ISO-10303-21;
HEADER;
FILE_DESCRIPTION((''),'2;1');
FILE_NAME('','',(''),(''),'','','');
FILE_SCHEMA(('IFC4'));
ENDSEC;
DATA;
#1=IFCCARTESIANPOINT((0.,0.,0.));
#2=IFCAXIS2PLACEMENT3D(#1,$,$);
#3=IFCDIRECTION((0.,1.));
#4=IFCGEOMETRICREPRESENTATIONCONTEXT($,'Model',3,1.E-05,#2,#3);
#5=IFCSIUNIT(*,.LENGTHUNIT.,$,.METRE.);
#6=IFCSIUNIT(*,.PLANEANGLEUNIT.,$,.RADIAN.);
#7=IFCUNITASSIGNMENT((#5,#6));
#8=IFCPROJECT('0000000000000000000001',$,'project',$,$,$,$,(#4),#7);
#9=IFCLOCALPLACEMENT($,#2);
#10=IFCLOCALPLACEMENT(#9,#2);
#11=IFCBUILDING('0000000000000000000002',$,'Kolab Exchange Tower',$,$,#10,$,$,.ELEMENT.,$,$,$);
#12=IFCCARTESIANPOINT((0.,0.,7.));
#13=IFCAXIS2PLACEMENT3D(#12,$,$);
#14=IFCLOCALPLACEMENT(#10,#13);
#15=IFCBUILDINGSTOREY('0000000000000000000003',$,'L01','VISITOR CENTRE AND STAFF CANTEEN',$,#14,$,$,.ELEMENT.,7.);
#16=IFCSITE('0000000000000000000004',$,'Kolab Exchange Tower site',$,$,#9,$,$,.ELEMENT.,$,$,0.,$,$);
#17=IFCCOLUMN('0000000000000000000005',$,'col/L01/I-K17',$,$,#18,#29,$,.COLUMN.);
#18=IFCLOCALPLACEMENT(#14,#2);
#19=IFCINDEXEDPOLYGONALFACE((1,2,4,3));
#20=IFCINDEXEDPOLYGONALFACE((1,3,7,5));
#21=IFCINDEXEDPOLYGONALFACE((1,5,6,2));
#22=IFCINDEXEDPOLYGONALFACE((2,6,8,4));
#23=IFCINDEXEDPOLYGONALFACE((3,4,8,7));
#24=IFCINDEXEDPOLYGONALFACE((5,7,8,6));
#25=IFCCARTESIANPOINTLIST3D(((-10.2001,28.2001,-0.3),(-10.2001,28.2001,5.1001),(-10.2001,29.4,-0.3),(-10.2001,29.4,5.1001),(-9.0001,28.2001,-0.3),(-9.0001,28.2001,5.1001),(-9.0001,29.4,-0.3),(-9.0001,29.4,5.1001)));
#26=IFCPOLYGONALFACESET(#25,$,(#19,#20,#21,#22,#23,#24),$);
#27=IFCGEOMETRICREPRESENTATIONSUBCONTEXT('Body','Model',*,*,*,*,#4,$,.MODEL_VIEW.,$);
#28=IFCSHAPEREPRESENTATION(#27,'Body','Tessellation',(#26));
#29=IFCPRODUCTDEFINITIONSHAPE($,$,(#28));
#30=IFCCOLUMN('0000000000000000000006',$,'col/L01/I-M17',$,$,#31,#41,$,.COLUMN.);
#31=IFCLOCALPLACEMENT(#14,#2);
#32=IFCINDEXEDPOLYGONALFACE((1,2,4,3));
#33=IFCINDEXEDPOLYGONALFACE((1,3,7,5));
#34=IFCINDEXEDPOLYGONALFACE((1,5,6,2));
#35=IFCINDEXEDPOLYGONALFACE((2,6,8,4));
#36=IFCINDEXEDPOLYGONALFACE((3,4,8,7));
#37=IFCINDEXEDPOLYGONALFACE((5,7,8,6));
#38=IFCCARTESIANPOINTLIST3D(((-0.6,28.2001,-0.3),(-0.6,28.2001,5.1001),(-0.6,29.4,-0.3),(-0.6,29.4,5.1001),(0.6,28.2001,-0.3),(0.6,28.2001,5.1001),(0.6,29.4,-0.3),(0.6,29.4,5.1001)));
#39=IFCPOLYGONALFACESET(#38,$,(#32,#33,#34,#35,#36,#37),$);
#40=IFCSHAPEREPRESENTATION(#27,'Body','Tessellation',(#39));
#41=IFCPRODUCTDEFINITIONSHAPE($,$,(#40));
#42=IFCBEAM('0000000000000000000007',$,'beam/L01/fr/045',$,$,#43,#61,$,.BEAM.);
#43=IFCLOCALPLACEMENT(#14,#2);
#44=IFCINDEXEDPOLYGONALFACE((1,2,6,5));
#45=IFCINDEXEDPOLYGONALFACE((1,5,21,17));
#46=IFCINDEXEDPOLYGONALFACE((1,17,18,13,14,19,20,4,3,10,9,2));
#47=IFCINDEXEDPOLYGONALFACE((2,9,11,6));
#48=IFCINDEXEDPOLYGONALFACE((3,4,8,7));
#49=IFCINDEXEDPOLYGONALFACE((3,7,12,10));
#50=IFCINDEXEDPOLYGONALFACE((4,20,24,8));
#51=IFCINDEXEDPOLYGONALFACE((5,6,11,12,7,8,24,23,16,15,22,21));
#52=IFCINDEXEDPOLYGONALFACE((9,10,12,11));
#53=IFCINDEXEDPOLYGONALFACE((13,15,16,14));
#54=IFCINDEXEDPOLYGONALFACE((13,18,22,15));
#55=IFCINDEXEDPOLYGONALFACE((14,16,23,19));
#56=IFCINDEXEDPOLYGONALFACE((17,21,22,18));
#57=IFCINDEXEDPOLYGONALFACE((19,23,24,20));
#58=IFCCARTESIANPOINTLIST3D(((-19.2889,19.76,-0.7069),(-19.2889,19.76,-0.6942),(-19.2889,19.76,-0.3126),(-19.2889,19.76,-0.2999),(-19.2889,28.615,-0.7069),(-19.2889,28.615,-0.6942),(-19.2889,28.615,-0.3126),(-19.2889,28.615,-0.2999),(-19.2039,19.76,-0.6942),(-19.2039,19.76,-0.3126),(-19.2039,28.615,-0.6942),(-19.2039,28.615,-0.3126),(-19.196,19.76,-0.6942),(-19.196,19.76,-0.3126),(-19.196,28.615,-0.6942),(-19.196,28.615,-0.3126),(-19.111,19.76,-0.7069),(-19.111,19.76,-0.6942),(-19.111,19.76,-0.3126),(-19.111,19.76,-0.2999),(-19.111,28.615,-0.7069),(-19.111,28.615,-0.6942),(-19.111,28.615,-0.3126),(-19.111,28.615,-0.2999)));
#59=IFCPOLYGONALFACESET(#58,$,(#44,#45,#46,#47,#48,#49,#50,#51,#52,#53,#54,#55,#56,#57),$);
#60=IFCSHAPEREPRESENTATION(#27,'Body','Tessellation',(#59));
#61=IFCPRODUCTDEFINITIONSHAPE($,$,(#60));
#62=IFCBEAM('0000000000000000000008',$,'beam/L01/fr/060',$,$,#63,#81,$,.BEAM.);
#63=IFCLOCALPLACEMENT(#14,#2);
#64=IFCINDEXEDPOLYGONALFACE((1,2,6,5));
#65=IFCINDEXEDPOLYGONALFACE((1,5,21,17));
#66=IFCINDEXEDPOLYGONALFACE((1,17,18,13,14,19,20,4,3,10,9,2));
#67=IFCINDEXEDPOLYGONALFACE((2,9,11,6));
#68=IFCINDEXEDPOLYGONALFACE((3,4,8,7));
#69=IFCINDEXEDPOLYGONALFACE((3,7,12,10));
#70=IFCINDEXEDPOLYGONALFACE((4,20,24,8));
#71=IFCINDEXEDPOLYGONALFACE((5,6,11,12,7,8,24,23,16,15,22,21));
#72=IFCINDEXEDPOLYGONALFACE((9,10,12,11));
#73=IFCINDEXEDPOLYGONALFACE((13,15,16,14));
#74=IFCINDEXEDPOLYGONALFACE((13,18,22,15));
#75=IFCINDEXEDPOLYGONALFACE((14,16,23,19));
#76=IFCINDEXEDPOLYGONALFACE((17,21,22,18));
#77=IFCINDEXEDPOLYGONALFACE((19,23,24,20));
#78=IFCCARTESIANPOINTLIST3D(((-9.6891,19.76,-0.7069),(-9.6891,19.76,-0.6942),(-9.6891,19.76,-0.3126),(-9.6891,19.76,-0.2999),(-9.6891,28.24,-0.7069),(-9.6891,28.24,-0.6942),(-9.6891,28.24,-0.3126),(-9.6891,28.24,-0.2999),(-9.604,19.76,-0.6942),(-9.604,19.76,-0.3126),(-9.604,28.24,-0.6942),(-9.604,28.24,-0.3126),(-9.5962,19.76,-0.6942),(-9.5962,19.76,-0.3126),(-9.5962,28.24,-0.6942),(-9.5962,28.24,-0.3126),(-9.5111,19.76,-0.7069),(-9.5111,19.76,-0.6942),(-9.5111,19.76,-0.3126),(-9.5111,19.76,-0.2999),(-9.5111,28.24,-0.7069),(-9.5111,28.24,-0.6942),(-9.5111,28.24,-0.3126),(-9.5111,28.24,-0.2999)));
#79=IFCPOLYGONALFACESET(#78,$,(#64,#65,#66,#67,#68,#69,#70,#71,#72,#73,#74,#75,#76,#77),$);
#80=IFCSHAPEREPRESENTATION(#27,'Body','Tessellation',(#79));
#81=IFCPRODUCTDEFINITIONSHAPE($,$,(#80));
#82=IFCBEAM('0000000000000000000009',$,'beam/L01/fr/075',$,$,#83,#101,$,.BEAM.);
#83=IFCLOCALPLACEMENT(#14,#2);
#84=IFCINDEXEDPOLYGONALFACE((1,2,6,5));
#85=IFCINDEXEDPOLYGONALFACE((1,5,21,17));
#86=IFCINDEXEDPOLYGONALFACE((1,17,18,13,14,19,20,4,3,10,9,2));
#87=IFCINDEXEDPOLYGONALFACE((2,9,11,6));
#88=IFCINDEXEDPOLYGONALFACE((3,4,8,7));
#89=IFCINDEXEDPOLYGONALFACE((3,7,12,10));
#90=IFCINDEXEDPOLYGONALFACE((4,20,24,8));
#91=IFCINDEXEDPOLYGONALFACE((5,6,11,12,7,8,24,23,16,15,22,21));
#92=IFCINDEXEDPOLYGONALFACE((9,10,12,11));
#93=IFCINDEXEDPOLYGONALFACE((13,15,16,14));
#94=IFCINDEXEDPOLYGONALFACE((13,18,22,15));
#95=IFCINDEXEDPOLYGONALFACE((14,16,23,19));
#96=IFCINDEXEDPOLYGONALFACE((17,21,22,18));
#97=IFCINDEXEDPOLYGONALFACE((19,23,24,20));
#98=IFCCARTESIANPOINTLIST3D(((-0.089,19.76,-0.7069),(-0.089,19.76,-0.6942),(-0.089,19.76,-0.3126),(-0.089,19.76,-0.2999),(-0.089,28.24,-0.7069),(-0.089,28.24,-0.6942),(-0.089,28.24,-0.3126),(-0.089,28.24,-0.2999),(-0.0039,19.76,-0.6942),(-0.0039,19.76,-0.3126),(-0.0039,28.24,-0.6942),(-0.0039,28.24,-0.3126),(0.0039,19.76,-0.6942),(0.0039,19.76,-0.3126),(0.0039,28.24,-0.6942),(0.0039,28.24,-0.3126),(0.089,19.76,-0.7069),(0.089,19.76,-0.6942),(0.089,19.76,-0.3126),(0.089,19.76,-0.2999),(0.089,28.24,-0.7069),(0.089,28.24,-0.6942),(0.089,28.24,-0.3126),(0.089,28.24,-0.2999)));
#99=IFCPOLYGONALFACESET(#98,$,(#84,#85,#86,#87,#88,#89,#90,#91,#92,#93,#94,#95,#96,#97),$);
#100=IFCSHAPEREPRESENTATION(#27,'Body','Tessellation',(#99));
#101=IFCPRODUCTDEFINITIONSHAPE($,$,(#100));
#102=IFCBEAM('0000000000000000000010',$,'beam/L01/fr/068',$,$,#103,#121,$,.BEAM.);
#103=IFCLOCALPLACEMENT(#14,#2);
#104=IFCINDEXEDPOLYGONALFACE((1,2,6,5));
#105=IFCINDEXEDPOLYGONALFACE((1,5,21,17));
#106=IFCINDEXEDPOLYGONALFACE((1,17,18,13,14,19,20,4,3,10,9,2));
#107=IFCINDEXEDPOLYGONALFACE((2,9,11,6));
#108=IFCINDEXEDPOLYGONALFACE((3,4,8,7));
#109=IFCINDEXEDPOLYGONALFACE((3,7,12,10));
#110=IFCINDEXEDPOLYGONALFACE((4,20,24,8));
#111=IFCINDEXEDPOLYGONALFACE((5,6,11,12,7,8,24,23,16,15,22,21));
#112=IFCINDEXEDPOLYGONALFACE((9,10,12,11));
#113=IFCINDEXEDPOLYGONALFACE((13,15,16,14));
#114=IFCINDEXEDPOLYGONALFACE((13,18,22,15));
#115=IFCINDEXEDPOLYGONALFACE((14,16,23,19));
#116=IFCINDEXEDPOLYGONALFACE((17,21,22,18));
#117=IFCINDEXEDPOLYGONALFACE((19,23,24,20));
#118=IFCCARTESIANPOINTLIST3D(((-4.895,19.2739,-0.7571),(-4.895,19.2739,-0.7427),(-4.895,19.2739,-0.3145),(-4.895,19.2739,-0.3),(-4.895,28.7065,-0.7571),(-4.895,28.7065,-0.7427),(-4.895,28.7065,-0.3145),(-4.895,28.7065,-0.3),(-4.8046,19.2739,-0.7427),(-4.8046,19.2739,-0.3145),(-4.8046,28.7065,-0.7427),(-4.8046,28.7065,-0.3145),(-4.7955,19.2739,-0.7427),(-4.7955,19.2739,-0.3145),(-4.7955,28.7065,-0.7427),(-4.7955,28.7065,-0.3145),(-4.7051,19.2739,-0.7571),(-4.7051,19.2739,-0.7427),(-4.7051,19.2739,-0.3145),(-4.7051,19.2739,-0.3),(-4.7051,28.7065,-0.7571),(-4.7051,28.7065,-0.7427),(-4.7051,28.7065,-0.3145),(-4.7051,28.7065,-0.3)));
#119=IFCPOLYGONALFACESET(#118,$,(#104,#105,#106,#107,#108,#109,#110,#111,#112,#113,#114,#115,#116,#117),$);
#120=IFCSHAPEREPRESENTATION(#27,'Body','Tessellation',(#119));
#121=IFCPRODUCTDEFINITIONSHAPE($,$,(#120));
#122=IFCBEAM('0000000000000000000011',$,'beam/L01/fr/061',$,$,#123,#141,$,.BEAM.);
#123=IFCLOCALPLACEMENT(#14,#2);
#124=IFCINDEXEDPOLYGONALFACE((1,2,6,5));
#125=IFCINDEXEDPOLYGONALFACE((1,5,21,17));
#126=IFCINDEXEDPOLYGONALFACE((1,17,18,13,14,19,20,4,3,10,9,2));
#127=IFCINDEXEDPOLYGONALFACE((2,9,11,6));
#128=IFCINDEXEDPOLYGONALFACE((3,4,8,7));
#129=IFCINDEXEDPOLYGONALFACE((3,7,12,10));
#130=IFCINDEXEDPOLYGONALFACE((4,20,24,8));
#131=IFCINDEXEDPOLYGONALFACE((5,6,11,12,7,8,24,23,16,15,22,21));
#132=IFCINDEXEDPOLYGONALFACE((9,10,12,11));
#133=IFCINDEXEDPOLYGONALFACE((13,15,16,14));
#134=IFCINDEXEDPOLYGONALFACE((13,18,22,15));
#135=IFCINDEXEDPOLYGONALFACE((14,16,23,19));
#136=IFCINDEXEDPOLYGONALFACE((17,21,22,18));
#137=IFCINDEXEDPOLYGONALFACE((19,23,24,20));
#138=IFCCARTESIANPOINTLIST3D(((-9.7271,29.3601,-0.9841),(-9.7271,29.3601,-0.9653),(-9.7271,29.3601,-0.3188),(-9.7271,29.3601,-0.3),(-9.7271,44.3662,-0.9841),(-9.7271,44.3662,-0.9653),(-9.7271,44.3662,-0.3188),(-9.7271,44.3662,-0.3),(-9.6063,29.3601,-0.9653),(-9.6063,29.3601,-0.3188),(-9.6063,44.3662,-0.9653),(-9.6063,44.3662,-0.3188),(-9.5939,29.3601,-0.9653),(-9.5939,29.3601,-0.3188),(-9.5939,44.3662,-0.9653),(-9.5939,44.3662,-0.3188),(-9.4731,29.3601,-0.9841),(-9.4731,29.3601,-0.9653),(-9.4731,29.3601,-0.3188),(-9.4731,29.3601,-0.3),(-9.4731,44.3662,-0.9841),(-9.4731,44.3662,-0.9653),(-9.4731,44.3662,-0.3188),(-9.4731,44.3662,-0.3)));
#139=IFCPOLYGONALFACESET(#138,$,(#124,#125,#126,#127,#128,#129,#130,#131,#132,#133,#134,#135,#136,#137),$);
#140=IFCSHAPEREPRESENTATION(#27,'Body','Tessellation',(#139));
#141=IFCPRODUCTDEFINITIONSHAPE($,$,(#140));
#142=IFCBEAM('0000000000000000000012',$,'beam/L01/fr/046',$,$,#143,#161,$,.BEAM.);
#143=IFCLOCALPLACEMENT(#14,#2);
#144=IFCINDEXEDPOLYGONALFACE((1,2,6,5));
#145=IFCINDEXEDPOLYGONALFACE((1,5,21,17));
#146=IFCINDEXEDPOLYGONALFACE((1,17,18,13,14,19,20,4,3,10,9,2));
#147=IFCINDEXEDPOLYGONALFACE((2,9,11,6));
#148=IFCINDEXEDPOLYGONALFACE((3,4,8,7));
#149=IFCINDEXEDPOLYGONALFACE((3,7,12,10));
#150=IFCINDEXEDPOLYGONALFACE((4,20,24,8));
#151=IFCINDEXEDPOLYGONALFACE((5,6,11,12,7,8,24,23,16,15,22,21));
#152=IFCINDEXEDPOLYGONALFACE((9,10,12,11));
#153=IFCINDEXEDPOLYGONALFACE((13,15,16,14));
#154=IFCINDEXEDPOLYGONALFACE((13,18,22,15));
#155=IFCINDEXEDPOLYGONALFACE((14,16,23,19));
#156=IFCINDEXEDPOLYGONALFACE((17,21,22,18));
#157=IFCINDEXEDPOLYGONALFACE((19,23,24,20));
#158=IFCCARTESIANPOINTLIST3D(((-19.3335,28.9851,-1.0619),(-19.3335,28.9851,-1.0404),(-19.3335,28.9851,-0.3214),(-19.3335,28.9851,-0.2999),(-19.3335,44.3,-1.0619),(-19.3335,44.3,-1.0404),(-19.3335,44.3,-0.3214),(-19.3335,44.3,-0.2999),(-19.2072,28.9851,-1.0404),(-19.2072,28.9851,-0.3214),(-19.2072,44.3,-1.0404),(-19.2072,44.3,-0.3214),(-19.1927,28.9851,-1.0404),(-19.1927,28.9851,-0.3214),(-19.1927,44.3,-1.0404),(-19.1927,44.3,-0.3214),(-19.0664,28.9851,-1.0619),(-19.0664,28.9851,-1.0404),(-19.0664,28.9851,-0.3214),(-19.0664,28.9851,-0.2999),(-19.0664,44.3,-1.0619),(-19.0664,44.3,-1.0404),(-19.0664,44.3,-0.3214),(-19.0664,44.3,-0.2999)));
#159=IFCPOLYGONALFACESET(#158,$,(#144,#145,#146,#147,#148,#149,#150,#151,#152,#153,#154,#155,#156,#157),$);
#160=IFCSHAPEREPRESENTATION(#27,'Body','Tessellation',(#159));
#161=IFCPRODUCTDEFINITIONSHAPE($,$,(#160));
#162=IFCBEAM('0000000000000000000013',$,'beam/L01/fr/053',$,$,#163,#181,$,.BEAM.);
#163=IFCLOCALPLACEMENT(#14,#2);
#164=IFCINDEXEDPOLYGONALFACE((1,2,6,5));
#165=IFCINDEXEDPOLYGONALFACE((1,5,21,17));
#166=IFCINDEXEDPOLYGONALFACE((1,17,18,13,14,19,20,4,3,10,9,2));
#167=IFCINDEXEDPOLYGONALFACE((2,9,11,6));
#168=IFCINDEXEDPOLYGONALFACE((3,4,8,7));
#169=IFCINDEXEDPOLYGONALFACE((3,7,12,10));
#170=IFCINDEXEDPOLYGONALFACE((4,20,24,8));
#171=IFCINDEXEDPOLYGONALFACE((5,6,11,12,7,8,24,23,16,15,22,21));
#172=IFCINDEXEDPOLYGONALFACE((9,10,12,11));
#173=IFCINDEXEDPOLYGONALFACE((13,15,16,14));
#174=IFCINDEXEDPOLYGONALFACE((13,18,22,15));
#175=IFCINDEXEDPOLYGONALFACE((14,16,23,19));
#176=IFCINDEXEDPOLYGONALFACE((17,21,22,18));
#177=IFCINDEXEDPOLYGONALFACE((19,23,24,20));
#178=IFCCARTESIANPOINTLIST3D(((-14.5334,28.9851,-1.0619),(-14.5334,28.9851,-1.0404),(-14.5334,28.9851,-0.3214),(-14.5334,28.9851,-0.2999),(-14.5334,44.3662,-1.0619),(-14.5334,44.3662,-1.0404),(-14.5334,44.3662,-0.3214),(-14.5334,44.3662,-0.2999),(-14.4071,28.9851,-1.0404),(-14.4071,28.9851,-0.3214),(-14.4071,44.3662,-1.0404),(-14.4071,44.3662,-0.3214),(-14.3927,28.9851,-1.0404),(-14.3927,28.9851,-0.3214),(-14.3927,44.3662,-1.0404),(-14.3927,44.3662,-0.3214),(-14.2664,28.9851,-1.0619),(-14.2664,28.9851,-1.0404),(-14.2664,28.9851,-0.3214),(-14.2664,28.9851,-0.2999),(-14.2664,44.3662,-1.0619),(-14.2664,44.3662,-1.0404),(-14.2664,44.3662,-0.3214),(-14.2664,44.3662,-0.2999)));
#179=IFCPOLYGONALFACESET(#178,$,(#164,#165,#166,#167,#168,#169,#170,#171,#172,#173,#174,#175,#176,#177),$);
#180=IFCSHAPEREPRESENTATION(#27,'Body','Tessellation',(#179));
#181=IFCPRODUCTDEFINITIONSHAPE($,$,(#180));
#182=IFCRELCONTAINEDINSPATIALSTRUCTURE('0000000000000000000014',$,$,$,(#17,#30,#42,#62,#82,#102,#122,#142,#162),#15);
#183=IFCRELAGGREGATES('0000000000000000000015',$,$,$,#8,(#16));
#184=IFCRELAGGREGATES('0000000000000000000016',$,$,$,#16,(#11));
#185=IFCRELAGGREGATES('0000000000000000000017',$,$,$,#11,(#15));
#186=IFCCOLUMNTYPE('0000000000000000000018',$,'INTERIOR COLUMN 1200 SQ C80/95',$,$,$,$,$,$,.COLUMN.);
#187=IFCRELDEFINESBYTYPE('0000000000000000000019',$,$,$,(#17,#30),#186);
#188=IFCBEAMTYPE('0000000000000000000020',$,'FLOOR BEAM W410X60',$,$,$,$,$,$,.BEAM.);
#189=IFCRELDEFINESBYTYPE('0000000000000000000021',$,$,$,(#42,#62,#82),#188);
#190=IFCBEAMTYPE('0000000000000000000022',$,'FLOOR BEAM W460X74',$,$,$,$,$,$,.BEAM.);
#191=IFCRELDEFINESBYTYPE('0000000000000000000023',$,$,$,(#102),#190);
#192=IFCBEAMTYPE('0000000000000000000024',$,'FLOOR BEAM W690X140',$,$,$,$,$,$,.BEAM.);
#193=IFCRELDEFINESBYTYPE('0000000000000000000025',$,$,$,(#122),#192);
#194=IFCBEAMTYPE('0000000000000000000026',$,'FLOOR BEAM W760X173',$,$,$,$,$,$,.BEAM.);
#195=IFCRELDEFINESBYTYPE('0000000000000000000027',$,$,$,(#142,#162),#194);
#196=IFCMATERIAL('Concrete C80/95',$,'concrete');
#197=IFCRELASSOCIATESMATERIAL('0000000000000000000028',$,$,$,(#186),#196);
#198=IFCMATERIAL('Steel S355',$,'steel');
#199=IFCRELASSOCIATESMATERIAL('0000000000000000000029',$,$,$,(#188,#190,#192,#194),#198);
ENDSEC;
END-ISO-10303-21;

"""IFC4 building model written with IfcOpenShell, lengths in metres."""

from ifc_helpers import new_model, si_unit, direction, frame, origin, origin_2d, place, context, subcontext, project, spatial, rectangle, i_section, extrude, material, material_profile, profile_set, type_object, element, save


model = new_model("IFC4")

# Units and contexts
model_context = context("Model", 3, precision=1e-05, world=origin(), true_north=direction((0.0, 1.0)))
body_context = subcontext(model_context, "Body", "Model", "MODEL_VIEW")
ifc_project = project(units=[si_unit("LENGTHUNIT", "METRE"), si_unit("PLANEANGLEUNIT", "RADIAN")], contexts=[model_context])

# Site, building, storey
site_placement = place(None, origin())
site = spatial("IfcSite", under=ifc_project, at=site_placement, Name="Kolab Exchange Tower site", CompositionType="ELEMENT", RefElevation=0.0)
building_placement = place(site_placement, origin())
building = spatial("IfcBuilding", under=site, at=building_placement, Name="Kolab Exchange Tower", CompositionType="ELEMENT")
storey_placement = place(building_placement, frame((0.0, 0.0, 7.0)))
storey = spatial("IfcBuildingStorey", under=building, at=storey_placement, Name="L01", Description="VISITOR CENTRE AND STAFF CANTEEN", CompositionType="ELEMENT", Elevation=7.0)

# Columns
ifc_material_1 = material(Name="Concrete C80/95", Category="concrete")
ifc_material_profile_1 = material_profile(ifc_material_1, rectangle(XDim=1.2, YDim=1.2, at=origin_2d()), Name="RC1200")
ifc_profile_set_1 = profile_set([ifc_material_profile_1], Name="Concrete C80/95")
column_type = type_object("IfcColumnType", Name="INTERIOR COLUMN 1200 SQ C80/95", PredefinedType="COLUMN", material=ifc_profile_set_1)
for number, where, z_axis, x_axis, name in (
    (1, (-9.6001, 28.8, -0.3), (0.0, 0.0, 1.0), (1.0, 0.0, 0.0), "col/L01/I-K17"),
    (2, (0.0, 28.8, -0.3), (0.0, 0.0, 1.0), (1.0, 0.0, 0.0), "col/L01/I-M17"),
):
    element("IfcColumn", number, at=place(storey_placement, frame(where, z_axis=z_axis, x_axis=x_axis)), inside=storey, type_object=column_type, Name=name, PredefinedType="COLUMN", context=body_context, shape_type="SweptSolid", body=[
        extrude(rectangle(XDim=1.2, YDim=1.2, at=origin_2d()), origin(), (0.0, 0.0, 1.0), 5.4001),
    ])

# Beams
ifc_material_2 = material(Name="Steel S355", Category="steel")
ifc_material_profile_2 = material_profile(ifc_material_2, i_section(OverallWidth=0.178, OverallDepth=0.407, WebThickness=0.0078, FlangeThickness=0.0127, at=origin_2d()), Name="W410X60")
ifc_profile_set_2 = profile_set([ifc_material_profile_2], Name="Steel S355")
beam_type_1 = type_object("IfcBeamType", Name="FLOOR BEAM W410X60", PredefinedType="BEAM", material=ifc_profile_set_2)
beam_1_placement = place(storey_placement, frame((-19.2, 19.76, -0.5034), z_axis=(0.0, 1.0, 0.0), x_axis=(-1.0, 0.0, 0.0)))
element("IfcBeam", 3, at=beam_1_placement, inside=storey, type_object=beam_type_1, Name="beam/L01/fr/045", PredefinedType="BEAM", context=body_context, shape_type="SweptSolid", body=[
    extrude(i_section(OverallWidth=0.178, OverallDepth=0.407, WebThickness=0.0078, FlangeThickness=0.0127, at=origin_2d()), origin(), (0.0, 0.0, 1.0), 8.855),
])
for number, where, z_axis, x_axis, name in (
    (4, (-9.6001, 19.76, -0.5034), (0.0, 1.0, 0.0), (-1.0, 0.0, 0.0), "beam/L01/fr/060"),
    (5, (0.0, 19.76, -0.5034), (0.0, 1.0, 0.0), (-1.0, 0.0, 0.0), "beam/L01/fr/075"),
):
    element("IfcBeam", number, at=place(storey_placement, frame(where, z_axis=z_axis, x_axis=x_axis)), inside=storey, type_object=beam_type_1, Name=name, PredefinedType="BEAM", context=body_context, shape_type="SweptSolid", body=[
        extrude(i_section(OverallWidth=0.178, OverallDepth=0.407, WebThickness=0.0078, FlangeThickness=0.0127, at=origin_2d()), origin(), (0.0, 0.0, 1.0), 8.48),
    ])
ifc_material_profile_3 = material_profile(ifc_material_2, i_section(OverallWidth=0.1899, OverallDepth=0.457, WebThickness=0.009, FlangeThickness=0.0144, at=origin_2d()), Name="W460X74")
ifc_profile_set_3 = profile_set([ifc_material_profile_3], Name="Steel S355")
beam_type_2 = type_object("IfcBeamType", Name="FLOOR BEAM W460X74", PredefinedType="BEAM", material=ifc_profile_set_3)
beam_2_placement = place(storey_placement, frame((-4.8, 19.2739, -0.5286), z_axis=(0.0, 1.0, 0.0), x_axis=(-1.0, 0.0, 0.0)))
element("IfcBeam", 6, at=beam_2_placement, inside=storey, type_object=beam_type_2, Name="beam/L01/fr/068", PredefinedType="BEAM", context=body_context, shape_type="SweptSolid", body=[
    extrude(i_section(OverallWidth=0.1899, OverallDepth=0.457, WebThickness=0.009, FlangeThickness=0.0144, at=origin_2d()), origin(), (0.0, 0.0, 1.0), 9.4326),
])
ifc_material_profile_4 = material_profile(ifc_material_2, i_section(OverallWidth=0.2539, OverallDepth=0.6841, WebThickness=0.0125, FlangeThickness=0.0188, at=origin_2d()), Name="W690X140")
ifc_profile_set_4 = profile_set([ifc_material_profile_4], Name="Steel S355")
beam_type_3 = type_object("IfcBeamType", Name="FLOOR BEAM W690X140", PredefinedType="BEAM", material=ifc_profile_set_4)
beam_3_placement = place(storey_placement, frame((-9.6001, 29.3601, -0.6421), z_axis=(0.0, 1.0, 0.0), x_axis=(-1.0, 0.0, 0.0)))
element("IfcBeam", 7, at=beam_3_placement, inside=storey, type_object=beam_type_3, Name="beam/L01/fr/061", PredefinedType="BEAM", context=body_context, shape_type="SweptSolid", body=[
    extrude(i_section(OverallWidth=0.2539, OverallDepth=0.6841, WebThickness=0.0125, FlangeThickness=0.0188, at=origin_2d()), origin(), (0.0, 0.0, 1.0), 15.0061),
])
ifc_material_profile_5 = material_profile(ifc_material_2, i_section(OverallWidth=0.2671, OverallDepth=0.762, WebThickness=0.0144, FlangeThickness=0.0215, at=origin_2d()), Name="W760X173")
ifc_profile_set_5 = profile_set([ifc_material_profile_5], Name="Steel S355")
beam_type_4 = type_object("IfcBeamType", Name="FLOOR BEAM W760X173", PredefinedType="BEAM", material=ifc_profile_set_5)
beam_4_placement = place(storey_placement, frame((-19.2, 28.9851, -0.6809), z_axis=(0.0, 1.0, 0.0), x_axis=(-1.0, 0.0, 0.0)))
element("IfcBeam", 8, at=beam_4_placement, inside=storey, type_object=beam_type_4, Name="beam/L01/fr/046", PredefinedType="BEAM", context=body_context, shape_type="SweptSolid", body=[
    extrude(i_section(OverallWidth=0.2671, OverallDepth=0.762, WebThickness=0.0144, FlangeThickness=0.0215, at=origin_2d()), origin(), (0.0, 0.0, 1.0), 15.3149),
])
beam_5_placement = place(storey_placement, frame((-14.3999, 28.9851, -0.6809), z_axis=(0.0, 1.0, 0.0), x_axis=(-1.0, 0.0, 0.0)))
element("IfcBeam", 9, at=beam_5_placement, inside=storey, type_object=beam_type_4, Name="beam/L01/fr/053", PredefinedType="BEAM", context=body_context, shape_type="SweptSolid", body=[
    extrude(i_section(OverallWidth=0.2671, OverallDepth=0.762, WebThickness=0.0144, FlangeThickness=0.0215, at=origin_2d()), origin(), (0.0, 0.0, 1.0), 15.3811),
])

save(model, "model.ifc")
